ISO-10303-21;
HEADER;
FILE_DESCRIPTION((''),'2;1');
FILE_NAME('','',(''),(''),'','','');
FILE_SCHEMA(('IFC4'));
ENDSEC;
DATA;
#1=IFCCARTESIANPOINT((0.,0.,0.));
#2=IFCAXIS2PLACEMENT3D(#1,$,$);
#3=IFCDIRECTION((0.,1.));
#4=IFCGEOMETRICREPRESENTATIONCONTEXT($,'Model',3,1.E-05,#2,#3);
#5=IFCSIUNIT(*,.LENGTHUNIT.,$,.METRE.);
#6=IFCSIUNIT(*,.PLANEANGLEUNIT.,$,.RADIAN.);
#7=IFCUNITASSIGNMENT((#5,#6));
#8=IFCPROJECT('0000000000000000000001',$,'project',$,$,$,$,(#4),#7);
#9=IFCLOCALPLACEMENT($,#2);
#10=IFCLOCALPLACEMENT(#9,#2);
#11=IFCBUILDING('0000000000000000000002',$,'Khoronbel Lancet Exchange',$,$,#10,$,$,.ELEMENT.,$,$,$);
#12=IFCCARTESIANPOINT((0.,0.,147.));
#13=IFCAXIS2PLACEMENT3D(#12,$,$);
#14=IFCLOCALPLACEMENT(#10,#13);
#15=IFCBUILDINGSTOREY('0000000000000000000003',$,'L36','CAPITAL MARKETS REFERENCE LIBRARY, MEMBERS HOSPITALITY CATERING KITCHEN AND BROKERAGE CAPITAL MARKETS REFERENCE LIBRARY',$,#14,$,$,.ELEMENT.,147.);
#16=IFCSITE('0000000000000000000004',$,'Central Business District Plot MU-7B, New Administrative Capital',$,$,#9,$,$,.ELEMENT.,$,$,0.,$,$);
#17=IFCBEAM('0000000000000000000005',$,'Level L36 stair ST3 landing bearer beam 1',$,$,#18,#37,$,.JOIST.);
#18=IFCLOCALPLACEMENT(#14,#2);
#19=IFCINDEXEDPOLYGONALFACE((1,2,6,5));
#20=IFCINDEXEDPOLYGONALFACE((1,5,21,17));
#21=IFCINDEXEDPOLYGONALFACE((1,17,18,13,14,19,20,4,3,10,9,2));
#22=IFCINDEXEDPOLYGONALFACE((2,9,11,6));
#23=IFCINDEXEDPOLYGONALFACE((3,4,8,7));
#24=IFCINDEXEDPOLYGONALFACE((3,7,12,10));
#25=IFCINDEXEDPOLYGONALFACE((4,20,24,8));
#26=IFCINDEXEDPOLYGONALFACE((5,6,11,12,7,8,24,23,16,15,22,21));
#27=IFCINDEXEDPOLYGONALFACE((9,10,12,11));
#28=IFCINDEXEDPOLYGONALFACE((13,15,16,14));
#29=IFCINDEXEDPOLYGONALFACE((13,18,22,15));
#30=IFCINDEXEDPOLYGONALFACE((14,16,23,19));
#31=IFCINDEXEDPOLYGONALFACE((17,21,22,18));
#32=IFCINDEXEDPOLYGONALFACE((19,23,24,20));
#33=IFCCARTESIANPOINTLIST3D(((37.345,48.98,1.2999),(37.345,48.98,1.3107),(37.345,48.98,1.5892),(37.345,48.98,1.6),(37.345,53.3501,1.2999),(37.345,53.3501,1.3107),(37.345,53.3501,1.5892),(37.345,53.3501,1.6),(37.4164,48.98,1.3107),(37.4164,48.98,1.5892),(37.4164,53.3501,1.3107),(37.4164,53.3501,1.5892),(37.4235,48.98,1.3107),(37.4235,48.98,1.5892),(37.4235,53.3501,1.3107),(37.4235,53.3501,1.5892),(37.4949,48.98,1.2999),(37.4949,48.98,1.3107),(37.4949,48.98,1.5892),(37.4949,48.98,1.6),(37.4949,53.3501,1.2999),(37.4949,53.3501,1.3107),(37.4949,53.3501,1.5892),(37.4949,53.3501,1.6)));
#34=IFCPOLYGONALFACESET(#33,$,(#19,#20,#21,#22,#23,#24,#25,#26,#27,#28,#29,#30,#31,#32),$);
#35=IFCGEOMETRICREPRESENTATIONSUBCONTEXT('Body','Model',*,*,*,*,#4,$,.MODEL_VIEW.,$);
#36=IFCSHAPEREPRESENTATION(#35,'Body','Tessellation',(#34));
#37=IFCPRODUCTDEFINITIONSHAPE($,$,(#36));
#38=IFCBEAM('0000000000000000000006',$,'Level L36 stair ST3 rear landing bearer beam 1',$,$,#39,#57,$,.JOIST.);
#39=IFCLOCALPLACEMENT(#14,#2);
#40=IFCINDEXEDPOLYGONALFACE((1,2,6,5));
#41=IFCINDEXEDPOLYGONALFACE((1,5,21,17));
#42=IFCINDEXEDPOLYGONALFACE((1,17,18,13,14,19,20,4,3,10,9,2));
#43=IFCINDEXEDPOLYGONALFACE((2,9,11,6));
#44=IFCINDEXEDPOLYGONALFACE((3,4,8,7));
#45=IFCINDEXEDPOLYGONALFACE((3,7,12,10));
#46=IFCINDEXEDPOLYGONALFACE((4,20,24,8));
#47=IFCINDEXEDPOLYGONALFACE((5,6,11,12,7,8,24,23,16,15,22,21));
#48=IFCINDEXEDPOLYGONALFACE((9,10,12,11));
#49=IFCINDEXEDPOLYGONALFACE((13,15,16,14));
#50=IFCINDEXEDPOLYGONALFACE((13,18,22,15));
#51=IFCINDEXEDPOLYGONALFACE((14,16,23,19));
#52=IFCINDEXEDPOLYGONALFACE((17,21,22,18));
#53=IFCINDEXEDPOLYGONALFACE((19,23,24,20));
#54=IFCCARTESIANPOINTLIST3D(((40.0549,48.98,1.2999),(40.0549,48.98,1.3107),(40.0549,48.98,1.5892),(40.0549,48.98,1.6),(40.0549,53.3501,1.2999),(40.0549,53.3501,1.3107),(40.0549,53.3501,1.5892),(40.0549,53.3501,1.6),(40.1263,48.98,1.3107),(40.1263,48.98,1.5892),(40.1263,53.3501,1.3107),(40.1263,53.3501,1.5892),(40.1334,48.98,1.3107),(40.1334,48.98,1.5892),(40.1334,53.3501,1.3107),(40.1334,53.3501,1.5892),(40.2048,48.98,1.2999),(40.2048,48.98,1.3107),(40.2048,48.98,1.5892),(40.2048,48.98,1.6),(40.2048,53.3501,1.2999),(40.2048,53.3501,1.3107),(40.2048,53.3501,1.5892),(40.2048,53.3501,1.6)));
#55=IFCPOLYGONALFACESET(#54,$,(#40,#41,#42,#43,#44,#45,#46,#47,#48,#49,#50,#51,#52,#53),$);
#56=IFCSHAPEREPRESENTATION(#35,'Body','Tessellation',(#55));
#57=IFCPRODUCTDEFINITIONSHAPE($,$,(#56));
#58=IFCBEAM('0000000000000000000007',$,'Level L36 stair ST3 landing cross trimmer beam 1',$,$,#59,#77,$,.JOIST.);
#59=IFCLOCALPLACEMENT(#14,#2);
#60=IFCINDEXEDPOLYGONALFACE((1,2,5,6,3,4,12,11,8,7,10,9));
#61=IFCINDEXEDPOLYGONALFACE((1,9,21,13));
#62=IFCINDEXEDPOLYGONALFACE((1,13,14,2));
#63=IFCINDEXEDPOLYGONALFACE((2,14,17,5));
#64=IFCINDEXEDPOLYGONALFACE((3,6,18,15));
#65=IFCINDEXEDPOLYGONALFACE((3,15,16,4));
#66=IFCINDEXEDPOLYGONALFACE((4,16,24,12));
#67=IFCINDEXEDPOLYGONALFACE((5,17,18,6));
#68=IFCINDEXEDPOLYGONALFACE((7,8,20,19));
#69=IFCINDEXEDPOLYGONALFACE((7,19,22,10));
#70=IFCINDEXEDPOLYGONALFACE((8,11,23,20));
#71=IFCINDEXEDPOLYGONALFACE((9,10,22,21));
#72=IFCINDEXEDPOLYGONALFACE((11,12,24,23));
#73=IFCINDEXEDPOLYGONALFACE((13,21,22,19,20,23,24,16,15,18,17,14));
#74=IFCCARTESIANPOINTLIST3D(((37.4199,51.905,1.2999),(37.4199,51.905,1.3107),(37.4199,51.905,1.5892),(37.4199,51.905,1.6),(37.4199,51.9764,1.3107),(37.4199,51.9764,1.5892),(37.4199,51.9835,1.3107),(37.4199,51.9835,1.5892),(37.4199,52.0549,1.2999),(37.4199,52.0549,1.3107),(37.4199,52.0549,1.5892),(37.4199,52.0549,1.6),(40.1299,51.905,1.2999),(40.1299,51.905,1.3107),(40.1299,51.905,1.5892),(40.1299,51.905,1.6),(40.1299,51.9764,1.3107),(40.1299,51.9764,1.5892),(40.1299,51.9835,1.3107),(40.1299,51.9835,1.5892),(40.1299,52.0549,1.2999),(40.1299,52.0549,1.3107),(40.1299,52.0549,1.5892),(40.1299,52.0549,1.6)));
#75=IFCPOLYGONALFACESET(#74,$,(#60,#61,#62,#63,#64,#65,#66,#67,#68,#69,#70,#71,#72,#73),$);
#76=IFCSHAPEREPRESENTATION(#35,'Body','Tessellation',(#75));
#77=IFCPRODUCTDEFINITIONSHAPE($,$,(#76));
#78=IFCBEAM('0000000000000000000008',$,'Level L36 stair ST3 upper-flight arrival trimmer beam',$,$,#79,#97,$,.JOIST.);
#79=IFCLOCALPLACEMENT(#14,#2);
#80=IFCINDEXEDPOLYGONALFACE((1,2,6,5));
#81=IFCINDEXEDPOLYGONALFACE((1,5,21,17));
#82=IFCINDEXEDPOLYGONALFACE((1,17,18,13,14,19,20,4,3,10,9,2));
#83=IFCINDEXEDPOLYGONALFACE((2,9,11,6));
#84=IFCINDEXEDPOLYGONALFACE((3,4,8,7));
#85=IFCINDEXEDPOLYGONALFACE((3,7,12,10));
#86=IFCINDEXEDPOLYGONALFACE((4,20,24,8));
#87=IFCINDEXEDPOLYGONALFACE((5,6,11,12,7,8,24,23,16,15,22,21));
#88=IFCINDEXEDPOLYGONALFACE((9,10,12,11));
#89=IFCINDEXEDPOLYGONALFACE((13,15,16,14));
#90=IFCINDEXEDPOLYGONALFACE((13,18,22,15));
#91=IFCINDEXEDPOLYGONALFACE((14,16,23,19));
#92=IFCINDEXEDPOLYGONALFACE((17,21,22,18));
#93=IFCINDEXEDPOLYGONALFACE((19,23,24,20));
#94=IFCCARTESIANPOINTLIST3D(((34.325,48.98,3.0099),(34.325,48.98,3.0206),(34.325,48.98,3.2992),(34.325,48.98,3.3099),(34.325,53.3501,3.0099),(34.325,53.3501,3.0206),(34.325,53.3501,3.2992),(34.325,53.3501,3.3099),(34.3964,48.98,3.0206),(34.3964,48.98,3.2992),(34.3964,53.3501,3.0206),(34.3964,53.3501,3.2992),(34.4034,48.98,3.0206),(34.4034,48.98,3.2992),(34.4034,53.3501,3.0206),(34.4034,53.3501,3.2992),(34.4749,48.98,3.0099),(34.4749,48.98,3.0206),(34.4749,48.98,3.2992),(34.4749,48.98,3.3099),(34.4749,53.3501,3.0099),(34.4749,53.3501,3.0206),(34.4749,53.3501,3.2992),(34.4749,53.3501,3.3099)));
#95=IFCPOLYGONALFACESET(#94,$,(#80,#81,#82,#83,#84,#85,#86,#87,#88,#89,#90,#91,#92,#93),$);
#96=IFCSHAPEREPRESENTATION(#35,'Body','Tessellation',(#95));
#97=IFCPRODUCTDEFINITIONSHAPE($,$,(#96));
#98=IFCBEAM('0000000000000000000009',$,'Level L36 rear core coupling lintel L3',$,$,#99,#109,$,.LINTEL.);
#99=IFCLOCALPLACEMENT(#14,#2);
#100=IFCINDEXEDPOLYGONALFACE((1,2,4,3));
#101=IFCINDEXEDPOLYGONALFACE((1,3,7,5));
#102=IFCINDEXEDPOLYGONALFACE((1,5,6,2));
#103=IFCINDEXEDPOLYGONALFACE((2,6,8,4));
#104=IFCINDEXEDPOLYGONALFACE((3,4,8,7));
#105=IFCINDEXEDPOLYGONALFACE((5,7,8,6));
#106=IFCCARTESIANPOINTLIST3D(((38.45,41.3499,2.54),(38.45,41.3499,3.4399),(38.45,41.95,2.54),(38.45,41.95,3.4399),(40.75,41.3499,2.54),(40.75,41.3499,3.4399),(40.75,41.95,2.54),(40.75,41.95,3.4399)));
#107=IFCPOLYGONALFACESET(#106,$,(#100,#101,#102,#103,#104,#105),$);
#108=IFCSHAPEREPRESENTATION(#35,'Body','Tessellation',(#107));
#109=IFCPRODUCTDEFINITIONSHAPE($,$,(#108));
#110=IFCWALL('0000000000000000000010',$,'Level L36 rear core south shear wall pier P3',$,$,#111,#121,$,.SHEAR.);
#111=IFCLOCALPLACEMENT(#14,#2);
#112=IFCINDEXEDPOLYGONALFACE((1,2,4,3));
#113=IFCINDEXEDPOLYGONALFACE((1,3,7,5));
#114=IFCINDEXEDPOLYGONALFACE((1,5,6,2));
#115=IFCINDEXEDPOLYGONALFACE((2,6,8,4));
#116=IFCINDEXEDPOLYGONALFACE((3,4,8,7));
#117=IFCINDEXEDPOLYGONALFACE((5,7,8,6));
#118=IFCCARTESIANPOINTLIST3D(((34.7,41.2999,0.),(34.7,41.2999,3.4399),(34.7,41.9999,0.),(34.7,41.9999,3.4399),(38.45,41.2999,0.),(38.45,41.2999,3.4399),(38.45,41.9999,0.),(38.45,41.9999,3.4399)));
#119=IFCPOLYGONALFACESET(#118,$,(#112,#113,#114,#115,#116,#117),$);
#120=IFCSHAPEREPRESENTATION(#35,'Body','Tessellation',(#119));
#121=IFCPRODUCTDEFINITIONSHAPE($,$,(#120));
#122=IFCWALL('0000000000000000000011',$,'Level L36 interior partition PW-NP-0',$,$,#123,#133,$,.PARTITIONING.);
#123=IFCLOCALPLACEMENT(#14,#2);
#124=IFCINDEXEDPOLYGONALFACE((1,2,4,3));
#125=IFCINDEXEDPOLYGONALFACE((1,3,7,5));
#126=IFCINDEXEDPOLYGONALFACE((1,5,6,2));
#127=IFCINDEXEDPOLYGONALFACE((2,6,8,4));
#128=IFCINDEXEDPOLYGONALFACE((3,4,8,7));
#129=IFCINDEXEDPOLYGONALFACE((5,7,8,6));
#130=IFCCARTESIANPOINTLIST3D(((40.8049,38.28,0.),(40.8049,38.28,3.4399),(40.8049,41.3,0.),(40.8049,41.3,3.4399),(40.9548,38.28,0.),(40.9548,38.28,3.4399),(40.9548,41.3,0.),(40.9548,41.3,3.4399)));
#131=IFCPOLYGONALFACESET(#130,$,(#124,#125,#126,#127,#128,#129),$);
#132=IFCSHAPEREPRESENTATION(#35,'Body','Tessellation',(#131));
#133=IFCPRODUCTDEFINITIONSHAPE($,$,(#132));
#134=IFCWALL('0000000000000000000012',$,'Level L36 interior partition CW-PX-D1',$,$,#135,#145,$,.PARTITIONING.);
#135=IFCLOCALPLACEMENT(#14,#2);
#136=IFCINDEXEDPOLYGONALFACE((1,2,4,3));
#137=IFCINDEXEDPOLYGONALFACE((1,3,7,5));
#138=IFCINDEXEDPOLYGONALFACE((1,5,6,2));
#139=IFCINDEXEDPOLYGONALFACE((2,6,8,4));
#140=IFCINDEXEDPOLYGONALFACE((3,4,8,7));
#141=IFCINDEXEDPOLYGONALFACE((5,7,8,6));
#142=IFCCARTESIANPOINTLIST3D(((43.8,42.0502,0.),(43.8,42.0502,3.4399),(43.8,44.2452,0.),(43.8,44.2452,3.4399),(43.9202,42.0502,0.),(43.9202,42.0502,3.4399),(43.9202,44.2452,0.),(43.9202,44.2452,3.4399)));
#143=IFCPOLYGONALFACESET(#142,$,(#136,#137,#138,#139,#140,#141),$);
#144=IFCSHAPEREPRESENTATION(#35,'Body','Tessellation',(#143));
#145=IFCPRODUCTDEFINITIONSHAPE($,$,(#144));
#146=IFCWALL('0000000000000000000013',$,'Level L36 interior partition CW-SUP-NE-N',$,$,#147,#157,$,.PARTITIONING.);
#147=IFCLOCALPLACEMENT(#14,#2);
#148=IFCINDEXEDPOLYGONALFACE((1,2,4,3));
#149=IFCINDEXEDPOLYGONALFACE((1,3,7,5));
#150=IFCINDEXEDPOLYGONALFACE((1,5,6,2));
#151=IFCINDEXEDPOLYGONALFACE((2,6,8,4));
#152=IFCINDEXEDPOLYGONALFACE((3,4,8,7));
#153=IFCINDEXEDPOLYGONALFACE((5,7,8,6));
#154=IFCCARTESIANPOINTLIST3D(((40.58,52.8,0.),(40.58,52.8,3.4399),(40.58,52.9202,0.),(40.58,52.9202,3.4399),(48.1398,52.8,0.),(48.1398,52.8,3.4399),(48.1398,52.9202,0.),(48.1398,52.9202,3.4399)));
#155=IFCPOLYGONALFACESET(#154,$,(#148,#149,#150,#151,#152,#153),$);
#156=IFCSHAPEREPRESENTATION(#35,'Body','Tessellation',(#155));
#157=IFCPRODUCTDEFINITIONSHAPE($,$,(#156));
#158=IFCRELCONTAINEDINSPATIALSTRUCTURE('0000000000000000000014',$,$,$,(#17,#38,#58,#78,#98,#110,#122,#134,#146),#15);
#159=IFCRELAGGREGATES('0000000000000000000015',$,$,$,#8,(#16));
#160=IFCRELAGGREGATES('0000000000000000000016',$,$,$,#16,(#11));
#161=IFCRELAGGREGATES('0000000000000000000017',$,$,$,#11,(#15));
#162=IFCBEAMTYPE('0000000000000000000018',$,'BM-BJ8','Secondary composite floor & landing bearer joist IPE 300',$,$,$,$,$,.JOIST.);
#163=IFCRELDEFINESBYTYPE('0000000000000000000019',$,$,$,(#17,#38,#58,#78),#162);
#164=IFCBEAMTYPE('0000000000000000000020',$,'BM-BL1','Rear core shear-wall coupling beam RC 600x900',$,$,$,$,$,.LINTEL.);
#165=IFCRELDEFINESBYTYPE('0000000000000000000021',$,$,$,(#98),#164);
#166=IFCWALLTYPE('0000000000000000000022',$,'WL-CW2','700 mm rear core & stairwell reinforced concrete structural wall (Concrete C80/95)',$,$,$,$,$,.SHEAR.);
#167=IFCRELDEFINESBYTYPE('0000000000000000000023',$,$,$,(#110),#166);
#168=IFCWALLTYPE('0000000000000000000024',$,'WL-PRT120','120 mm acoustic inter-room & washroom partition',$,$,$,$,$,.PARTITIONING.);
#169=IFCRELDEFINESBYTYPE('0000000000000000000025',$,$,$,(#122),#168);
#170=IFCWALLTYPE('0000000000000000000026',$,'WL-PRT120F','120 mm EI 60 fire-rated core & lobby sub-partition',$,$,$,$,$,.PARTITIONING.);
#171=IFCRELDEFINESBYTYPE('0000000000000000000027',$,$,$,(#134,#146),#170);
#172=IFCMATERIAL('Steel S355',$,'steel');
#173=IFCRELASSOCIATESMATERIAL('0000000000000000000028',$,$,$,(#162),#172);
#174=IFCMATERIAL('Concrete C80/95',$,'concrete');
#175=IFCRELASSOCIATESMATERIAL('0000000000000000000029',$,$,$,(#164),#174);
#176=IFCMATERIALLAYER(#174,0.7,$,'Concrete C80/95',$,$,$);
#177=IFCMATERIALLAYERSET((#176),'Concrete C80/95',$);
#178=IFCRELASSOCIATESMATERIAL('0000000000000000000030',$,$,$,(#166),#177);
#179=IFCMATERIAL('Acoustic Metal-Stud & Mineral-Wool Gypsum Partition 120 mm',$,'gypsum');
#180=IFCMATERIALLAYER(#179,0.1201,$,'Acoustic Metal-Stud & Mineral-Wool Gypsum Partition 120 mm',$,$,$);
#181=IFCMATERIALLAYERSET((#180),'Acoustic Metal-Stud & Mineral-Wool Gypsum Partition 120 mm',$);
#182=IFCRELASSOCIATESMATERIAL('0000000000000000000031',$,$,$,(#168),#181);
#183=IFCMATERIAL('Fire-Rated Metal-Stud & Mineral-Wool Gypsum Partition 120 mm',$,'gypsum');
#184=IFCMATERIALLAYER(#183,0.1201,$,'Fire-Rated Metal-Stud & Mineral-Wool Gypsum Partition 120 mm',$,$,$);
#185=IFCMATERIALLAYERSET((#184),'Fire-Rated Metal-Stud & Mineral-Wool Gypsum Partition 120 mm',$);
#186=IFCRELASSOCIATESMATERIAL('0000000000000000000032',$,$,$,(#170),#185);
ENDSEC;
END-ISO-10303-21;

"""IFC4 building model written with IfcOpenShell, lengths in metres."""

from ifc_helpers import new_model, si_unit, direction, frame, frame_2d, origin, origin_2d, place, context, subcontext, project, spatial, rectangle, i_section, extrude, material, layer, layer_set, material_profile, profile_set, type_object, element, save


model = new_model("IFC4")

# Units and contexts
model_context = context("Model", 3, precision=1e-05, world=origin(), true_north=direction((0.0, 1.0)))
body_context = subcontext(model_context, "Body", "Model", "MODEL_VIEW")
ifc_project = project(units=[si_unit("LENGTHUNIT", "METRE"), si_unit("PLANEANGLEUNIT", "RADIAN")], contexts=[model_context])

# Site, building, storey
site_placement = place(None, origin())
site = spatial("IfcSite", under=ifc_project, at=site_placement, Name="Central Business District Plot MU-7B, New Administrative Capital", CompositionType="ELEMENT", RefElevation=0.0)
building_placement = place(site_placement, origin())
building = spatial("IfcBuilding", under=site, at=building_placement, Name="Khoronbel Lancet Exchange", CompositionType="ELEMENT")
storey_placement = place(building_placement, frame((0.0, 0.0, 147.0)))
storey = spatial("IfcBuildingStorey", under=building, at=storey_placement, Name="L36", Description="CAPITAL MARKETS REFERENCE LIBRARY, MEMBERS HOSPITALITY CATERING KITCHEN AND BROKERAGE CAPITAL MARKETS REFERENCE LIBRARY", CompositionType="ELEMENT", Elevation=147.0)

# Beams
ifc_material_1 = material(Name="Steel S355", Category="steel")
ifc_material_profile_1 = material_profile(ifc_material_1, i_section(OverallWidth=0.1499, OverallDepth=0.3, WebThickness=0.0071, FlangeThickness=0.0107, at=origin_2d()), Name="IPE 300")
ifc_profile_set_1 = profile_set([ifc_material_profile_1], Name="Steel S355")
beam_type_1 = type_object("IfcBeamType", Name="BM-BJ8", Description="Secondary composite floor & landing bearer joist IPE 300", PredefinedType="JOIST", material=ifc_profile_set_1)
for number, where, z_axis, x_axis, name in (
    (1, (37.4199, 48.98, 1.45), (0.0, 1.0, 0.0), (-1.0, 0.0, 0.0), "Level L36 stair ST3 landing bearer beam 1"),
    (2, (40.1299, 48.98, 1.45), (0.0, 1.0, 0.0), (-1.0, 0.0, 0.0), "Level L36 stair ST3 rear landing bearer beam 1"),
):
    element("IfcBeam", number, at=place(storey_placement, frame(where, z_axis=z_axis, x_axis=x_axis)), inside=storey, type_object=beam_type_1, Name=name, PredefinedType="JOIST", context=body_context, shape_type="SweptSolid", body=[
        extrude(i_section(OverallWidth=0.1499, OverallDepth=0.3, WebThickness=0.0071, FlangeThickness=0.0107, at=origin_2d()), origin(), (0.0, 0.0, 1.0), 4.3701),
    ])
beam_1_placement = place(storey_placement, frame((37.4199, 51.98, 1.45), z_axis=(1.0, 0.0, 0.0), x_axis=(0.0, 1.0, 0.0)))
element("IfcBeam", 3, at=beam_1_placement, inside=storey, type_object=beam_type_1, Name="Level L36 stair ST3 landing cross trimmer beam 1", PredefinedType="JOIST", context=body_context, shape_type="SweptSolid", body=[
    extrude(i_section(OverallWidth=0.1499, OverallDepth=0.3, WebThickness=0.0071, FlangeThickness=0.0107, at=origin_2d()), origin(), (0.0, 0.0, 1.0), 2.71),
])
beam_2_placement = place(storey_placement, frame((34.3999, 48.98, 3.1599), z_axis=(0.0, 1.0, 0.0), x_axis=(-1.0, 0.0, 0.0)))
element("IfcBeam", 4, at=beam_2_placement, inside=storey, type_object=beam_type_1, Name="Level L36 stair ST3 upper-flight arrival trimmer beam", PredefinedType="JOIST", context=body_context, shape_type="SweptSolid", body=[
    extrude(i_section(OverallWidth=0.1499, OverallDepth=0.3, WebThickness=0.0071, FlangeThickness=0.0107, at=origin_2d()), origin(), (0.0, 0.0, 1.0), 4.3701),
])
ifc_material_2 = material(Name="Concrete C80/95", Category="concrete")
ifc_material_profile_2 = material_profile(ifc_material_2, rectangle(XDim=0.6001, YDim=0.8999, at=origin_2d()), Name="RC 600x900")
ifc_profile_set_2 = profile_set([ifc_material_profile_2], Name="Concrete C80/95")
beam_type_2 = type_object("IfcBeamType", Name="BM-BL1", Description="Rear core shear-wall coupling beam RC 600x900", PredefinedType="LINTEL", material=ifc_profile_set_2)
beam_3_placement = place(storey_placement, frame((38.45, 41.6499, 2.99), z_axis=(1.0, 0.0, 0.0), x_axis=(0.0, 1.0, 0.0)))
element("IfcBeam", 5, at=beam_3_placement, inside=storey, type_object=beam_type_2, Name="Level L36 rear core coupling lintel L3", PredefinedType="LINTEL", context=body_context, shape_type="SweptSolid", body=[
    extrude(rectangle(XDim=0.6001, YDim=0.8999, at=origin_2d()), origin(), (0.0, 0.0, 1.0), 2.3),
])

# Walls
ifc_layer_1 = layer(ifc_material_2, 0.7, Name="Concrete C80/95")
ifc_layer_set_1 = layer_set([ifc_layer_1], Name="Concrete C80/95")
wall_type_1 = type_object("IfcWallType", Name="WL-CW2", Description="700 mm rear core & stairwell reinforced concrete structural wall (Concrete C80/95)", PredefinedType="SHEAR", material=ifc_layer_set_1)
wall_1_placement = place(storey_placement, frame((38.45, 41.6499, 0.0), z_axis=(0.0, 0.0, 1.0), x_axis=(-1.0, 0.0, 0.0)))
element("IfcWall", 6, at=wall_1_placement, inside=storey, type_object=wall_type_1, Name="Level L36 rear core south shear wall pier P3", PredefinedType="SHEAR", context=body_context, shape_type="SweptSolid", body=[
    extrude(rectangle(XDim=3.75, YDim=0.7, at=frame_2d((1.875, 0.0))), origin(), (0.0, 0.0, 1.0), 3.4399),
])
ifc_material_3 = material(Name="Acoustic Metal-Stud & Mineral-Wool Gypsum Partition 120 mm", Category="gypsum")
ifc_layer_2 = layer(ifc_material_3, 0.1201, Name="Acoustic Metal-Stud & Mineral-Wool Gypsum Partition 120 mm")
ifc_layer_set_2 = layer_set([ifc_layer_2], Name="Acoustic Metal-Stud & Mineral-Wool Gypsum Partition 120 mm")
wall_type_2 = type_object("IfcWallType", Name="WL-PRT120", Description="120 mm acoustic inter-room & washroom partition", PredefinedType="PARTITIONING", material=ifc_layer_set_2)
wall_2_placement = place(storey_placement, frame((40.8799, 38.28, 0.0), z_axis=(0.0, 0.0, 1.0), x_axis=(0.0, 1.0, 0.0)))
element("IfcWall", 7, at=wall_2_placement, inside=storey, type_object=wall_type_2, Name="Level L36 interior partition PW-NP-0", PredefinedType="PARTITIONING", context=body_context, shape_type="SweptSolid", body=[
    extrude(rectangle(XDim=3.02, YDim=0.1499, at=frame_2d((1.51, 0.0))), origin(), (0.0, 0.0, 1.0), 3.4399),
])
ifc_material_4 = material(Name="Fire-Rated Metal-Stud & Mineral-Wool Gypsum Partition 120 mm", Category="gypsum")
ifc_layer_3 = layer(ifc_material_4, 0.1201, Name="Fire-Rated Metal-Stud & Mineral-Wool Gypsum Partition 120 mm")
ifc_layer_set_3 = layer_set([ifc_layer_3], Name="Fire-Rated Metal-Stud & Mineral-Wool Gypsum Partition 120 mm")
wall_type_3 = type_object("IfcWallType", Name="WL-PRT120F", Description="120 mm EI 60 fire-rated core & lobby sub-partition", PredefinedType="PARTITIONING", material=ifc_layer_set_3)
wall_3_placement = place(storey_placement, frame((43.8601, 42.05, 0.0), z_axis=(0.0, 0.0, 1.0), x_axis=(0.0, 1.0, 0.0)))
element("IfcWall", 8, at=wall_3_placement, inside=storey, type_object=wall_type_3, Name="Level L36 interior partition CW-PX-D1", PredefinedType="PARTITIONING", context=body_context, shape_type="SweptSolid", body=[
    extrude(rectangle(XDim=2.1951, YDim=0.1201, at=frame_2d((1.0977, 0.0))), origin(), (0.0, 0.0, 1.0), 3.4399),
])
wall_4_placement = place(storey_placement, frame((40.5801, 52.8601, 0.0), z_axis=(0.0, 0.0, 1.0), x_axis=(1.0, 0.0, 0.0)))
element("IfcWall", 9, at=wall_4_placement, inside=storey, type_object=wall_type_3, Name="Level L36 interior partition CW-SUP-NE-N", PredefinedType="PARTITIONING", context=body_context, shape_type="SweptSolid", body=[
    extrude(rectangle(XDim=7.5598, YDim=0.1201, at=frame_2d((3.7798, 0.0))), origin(), (0.0, 0.0, 1.0), 3.4399),
])

save(model, "model.ifc")
